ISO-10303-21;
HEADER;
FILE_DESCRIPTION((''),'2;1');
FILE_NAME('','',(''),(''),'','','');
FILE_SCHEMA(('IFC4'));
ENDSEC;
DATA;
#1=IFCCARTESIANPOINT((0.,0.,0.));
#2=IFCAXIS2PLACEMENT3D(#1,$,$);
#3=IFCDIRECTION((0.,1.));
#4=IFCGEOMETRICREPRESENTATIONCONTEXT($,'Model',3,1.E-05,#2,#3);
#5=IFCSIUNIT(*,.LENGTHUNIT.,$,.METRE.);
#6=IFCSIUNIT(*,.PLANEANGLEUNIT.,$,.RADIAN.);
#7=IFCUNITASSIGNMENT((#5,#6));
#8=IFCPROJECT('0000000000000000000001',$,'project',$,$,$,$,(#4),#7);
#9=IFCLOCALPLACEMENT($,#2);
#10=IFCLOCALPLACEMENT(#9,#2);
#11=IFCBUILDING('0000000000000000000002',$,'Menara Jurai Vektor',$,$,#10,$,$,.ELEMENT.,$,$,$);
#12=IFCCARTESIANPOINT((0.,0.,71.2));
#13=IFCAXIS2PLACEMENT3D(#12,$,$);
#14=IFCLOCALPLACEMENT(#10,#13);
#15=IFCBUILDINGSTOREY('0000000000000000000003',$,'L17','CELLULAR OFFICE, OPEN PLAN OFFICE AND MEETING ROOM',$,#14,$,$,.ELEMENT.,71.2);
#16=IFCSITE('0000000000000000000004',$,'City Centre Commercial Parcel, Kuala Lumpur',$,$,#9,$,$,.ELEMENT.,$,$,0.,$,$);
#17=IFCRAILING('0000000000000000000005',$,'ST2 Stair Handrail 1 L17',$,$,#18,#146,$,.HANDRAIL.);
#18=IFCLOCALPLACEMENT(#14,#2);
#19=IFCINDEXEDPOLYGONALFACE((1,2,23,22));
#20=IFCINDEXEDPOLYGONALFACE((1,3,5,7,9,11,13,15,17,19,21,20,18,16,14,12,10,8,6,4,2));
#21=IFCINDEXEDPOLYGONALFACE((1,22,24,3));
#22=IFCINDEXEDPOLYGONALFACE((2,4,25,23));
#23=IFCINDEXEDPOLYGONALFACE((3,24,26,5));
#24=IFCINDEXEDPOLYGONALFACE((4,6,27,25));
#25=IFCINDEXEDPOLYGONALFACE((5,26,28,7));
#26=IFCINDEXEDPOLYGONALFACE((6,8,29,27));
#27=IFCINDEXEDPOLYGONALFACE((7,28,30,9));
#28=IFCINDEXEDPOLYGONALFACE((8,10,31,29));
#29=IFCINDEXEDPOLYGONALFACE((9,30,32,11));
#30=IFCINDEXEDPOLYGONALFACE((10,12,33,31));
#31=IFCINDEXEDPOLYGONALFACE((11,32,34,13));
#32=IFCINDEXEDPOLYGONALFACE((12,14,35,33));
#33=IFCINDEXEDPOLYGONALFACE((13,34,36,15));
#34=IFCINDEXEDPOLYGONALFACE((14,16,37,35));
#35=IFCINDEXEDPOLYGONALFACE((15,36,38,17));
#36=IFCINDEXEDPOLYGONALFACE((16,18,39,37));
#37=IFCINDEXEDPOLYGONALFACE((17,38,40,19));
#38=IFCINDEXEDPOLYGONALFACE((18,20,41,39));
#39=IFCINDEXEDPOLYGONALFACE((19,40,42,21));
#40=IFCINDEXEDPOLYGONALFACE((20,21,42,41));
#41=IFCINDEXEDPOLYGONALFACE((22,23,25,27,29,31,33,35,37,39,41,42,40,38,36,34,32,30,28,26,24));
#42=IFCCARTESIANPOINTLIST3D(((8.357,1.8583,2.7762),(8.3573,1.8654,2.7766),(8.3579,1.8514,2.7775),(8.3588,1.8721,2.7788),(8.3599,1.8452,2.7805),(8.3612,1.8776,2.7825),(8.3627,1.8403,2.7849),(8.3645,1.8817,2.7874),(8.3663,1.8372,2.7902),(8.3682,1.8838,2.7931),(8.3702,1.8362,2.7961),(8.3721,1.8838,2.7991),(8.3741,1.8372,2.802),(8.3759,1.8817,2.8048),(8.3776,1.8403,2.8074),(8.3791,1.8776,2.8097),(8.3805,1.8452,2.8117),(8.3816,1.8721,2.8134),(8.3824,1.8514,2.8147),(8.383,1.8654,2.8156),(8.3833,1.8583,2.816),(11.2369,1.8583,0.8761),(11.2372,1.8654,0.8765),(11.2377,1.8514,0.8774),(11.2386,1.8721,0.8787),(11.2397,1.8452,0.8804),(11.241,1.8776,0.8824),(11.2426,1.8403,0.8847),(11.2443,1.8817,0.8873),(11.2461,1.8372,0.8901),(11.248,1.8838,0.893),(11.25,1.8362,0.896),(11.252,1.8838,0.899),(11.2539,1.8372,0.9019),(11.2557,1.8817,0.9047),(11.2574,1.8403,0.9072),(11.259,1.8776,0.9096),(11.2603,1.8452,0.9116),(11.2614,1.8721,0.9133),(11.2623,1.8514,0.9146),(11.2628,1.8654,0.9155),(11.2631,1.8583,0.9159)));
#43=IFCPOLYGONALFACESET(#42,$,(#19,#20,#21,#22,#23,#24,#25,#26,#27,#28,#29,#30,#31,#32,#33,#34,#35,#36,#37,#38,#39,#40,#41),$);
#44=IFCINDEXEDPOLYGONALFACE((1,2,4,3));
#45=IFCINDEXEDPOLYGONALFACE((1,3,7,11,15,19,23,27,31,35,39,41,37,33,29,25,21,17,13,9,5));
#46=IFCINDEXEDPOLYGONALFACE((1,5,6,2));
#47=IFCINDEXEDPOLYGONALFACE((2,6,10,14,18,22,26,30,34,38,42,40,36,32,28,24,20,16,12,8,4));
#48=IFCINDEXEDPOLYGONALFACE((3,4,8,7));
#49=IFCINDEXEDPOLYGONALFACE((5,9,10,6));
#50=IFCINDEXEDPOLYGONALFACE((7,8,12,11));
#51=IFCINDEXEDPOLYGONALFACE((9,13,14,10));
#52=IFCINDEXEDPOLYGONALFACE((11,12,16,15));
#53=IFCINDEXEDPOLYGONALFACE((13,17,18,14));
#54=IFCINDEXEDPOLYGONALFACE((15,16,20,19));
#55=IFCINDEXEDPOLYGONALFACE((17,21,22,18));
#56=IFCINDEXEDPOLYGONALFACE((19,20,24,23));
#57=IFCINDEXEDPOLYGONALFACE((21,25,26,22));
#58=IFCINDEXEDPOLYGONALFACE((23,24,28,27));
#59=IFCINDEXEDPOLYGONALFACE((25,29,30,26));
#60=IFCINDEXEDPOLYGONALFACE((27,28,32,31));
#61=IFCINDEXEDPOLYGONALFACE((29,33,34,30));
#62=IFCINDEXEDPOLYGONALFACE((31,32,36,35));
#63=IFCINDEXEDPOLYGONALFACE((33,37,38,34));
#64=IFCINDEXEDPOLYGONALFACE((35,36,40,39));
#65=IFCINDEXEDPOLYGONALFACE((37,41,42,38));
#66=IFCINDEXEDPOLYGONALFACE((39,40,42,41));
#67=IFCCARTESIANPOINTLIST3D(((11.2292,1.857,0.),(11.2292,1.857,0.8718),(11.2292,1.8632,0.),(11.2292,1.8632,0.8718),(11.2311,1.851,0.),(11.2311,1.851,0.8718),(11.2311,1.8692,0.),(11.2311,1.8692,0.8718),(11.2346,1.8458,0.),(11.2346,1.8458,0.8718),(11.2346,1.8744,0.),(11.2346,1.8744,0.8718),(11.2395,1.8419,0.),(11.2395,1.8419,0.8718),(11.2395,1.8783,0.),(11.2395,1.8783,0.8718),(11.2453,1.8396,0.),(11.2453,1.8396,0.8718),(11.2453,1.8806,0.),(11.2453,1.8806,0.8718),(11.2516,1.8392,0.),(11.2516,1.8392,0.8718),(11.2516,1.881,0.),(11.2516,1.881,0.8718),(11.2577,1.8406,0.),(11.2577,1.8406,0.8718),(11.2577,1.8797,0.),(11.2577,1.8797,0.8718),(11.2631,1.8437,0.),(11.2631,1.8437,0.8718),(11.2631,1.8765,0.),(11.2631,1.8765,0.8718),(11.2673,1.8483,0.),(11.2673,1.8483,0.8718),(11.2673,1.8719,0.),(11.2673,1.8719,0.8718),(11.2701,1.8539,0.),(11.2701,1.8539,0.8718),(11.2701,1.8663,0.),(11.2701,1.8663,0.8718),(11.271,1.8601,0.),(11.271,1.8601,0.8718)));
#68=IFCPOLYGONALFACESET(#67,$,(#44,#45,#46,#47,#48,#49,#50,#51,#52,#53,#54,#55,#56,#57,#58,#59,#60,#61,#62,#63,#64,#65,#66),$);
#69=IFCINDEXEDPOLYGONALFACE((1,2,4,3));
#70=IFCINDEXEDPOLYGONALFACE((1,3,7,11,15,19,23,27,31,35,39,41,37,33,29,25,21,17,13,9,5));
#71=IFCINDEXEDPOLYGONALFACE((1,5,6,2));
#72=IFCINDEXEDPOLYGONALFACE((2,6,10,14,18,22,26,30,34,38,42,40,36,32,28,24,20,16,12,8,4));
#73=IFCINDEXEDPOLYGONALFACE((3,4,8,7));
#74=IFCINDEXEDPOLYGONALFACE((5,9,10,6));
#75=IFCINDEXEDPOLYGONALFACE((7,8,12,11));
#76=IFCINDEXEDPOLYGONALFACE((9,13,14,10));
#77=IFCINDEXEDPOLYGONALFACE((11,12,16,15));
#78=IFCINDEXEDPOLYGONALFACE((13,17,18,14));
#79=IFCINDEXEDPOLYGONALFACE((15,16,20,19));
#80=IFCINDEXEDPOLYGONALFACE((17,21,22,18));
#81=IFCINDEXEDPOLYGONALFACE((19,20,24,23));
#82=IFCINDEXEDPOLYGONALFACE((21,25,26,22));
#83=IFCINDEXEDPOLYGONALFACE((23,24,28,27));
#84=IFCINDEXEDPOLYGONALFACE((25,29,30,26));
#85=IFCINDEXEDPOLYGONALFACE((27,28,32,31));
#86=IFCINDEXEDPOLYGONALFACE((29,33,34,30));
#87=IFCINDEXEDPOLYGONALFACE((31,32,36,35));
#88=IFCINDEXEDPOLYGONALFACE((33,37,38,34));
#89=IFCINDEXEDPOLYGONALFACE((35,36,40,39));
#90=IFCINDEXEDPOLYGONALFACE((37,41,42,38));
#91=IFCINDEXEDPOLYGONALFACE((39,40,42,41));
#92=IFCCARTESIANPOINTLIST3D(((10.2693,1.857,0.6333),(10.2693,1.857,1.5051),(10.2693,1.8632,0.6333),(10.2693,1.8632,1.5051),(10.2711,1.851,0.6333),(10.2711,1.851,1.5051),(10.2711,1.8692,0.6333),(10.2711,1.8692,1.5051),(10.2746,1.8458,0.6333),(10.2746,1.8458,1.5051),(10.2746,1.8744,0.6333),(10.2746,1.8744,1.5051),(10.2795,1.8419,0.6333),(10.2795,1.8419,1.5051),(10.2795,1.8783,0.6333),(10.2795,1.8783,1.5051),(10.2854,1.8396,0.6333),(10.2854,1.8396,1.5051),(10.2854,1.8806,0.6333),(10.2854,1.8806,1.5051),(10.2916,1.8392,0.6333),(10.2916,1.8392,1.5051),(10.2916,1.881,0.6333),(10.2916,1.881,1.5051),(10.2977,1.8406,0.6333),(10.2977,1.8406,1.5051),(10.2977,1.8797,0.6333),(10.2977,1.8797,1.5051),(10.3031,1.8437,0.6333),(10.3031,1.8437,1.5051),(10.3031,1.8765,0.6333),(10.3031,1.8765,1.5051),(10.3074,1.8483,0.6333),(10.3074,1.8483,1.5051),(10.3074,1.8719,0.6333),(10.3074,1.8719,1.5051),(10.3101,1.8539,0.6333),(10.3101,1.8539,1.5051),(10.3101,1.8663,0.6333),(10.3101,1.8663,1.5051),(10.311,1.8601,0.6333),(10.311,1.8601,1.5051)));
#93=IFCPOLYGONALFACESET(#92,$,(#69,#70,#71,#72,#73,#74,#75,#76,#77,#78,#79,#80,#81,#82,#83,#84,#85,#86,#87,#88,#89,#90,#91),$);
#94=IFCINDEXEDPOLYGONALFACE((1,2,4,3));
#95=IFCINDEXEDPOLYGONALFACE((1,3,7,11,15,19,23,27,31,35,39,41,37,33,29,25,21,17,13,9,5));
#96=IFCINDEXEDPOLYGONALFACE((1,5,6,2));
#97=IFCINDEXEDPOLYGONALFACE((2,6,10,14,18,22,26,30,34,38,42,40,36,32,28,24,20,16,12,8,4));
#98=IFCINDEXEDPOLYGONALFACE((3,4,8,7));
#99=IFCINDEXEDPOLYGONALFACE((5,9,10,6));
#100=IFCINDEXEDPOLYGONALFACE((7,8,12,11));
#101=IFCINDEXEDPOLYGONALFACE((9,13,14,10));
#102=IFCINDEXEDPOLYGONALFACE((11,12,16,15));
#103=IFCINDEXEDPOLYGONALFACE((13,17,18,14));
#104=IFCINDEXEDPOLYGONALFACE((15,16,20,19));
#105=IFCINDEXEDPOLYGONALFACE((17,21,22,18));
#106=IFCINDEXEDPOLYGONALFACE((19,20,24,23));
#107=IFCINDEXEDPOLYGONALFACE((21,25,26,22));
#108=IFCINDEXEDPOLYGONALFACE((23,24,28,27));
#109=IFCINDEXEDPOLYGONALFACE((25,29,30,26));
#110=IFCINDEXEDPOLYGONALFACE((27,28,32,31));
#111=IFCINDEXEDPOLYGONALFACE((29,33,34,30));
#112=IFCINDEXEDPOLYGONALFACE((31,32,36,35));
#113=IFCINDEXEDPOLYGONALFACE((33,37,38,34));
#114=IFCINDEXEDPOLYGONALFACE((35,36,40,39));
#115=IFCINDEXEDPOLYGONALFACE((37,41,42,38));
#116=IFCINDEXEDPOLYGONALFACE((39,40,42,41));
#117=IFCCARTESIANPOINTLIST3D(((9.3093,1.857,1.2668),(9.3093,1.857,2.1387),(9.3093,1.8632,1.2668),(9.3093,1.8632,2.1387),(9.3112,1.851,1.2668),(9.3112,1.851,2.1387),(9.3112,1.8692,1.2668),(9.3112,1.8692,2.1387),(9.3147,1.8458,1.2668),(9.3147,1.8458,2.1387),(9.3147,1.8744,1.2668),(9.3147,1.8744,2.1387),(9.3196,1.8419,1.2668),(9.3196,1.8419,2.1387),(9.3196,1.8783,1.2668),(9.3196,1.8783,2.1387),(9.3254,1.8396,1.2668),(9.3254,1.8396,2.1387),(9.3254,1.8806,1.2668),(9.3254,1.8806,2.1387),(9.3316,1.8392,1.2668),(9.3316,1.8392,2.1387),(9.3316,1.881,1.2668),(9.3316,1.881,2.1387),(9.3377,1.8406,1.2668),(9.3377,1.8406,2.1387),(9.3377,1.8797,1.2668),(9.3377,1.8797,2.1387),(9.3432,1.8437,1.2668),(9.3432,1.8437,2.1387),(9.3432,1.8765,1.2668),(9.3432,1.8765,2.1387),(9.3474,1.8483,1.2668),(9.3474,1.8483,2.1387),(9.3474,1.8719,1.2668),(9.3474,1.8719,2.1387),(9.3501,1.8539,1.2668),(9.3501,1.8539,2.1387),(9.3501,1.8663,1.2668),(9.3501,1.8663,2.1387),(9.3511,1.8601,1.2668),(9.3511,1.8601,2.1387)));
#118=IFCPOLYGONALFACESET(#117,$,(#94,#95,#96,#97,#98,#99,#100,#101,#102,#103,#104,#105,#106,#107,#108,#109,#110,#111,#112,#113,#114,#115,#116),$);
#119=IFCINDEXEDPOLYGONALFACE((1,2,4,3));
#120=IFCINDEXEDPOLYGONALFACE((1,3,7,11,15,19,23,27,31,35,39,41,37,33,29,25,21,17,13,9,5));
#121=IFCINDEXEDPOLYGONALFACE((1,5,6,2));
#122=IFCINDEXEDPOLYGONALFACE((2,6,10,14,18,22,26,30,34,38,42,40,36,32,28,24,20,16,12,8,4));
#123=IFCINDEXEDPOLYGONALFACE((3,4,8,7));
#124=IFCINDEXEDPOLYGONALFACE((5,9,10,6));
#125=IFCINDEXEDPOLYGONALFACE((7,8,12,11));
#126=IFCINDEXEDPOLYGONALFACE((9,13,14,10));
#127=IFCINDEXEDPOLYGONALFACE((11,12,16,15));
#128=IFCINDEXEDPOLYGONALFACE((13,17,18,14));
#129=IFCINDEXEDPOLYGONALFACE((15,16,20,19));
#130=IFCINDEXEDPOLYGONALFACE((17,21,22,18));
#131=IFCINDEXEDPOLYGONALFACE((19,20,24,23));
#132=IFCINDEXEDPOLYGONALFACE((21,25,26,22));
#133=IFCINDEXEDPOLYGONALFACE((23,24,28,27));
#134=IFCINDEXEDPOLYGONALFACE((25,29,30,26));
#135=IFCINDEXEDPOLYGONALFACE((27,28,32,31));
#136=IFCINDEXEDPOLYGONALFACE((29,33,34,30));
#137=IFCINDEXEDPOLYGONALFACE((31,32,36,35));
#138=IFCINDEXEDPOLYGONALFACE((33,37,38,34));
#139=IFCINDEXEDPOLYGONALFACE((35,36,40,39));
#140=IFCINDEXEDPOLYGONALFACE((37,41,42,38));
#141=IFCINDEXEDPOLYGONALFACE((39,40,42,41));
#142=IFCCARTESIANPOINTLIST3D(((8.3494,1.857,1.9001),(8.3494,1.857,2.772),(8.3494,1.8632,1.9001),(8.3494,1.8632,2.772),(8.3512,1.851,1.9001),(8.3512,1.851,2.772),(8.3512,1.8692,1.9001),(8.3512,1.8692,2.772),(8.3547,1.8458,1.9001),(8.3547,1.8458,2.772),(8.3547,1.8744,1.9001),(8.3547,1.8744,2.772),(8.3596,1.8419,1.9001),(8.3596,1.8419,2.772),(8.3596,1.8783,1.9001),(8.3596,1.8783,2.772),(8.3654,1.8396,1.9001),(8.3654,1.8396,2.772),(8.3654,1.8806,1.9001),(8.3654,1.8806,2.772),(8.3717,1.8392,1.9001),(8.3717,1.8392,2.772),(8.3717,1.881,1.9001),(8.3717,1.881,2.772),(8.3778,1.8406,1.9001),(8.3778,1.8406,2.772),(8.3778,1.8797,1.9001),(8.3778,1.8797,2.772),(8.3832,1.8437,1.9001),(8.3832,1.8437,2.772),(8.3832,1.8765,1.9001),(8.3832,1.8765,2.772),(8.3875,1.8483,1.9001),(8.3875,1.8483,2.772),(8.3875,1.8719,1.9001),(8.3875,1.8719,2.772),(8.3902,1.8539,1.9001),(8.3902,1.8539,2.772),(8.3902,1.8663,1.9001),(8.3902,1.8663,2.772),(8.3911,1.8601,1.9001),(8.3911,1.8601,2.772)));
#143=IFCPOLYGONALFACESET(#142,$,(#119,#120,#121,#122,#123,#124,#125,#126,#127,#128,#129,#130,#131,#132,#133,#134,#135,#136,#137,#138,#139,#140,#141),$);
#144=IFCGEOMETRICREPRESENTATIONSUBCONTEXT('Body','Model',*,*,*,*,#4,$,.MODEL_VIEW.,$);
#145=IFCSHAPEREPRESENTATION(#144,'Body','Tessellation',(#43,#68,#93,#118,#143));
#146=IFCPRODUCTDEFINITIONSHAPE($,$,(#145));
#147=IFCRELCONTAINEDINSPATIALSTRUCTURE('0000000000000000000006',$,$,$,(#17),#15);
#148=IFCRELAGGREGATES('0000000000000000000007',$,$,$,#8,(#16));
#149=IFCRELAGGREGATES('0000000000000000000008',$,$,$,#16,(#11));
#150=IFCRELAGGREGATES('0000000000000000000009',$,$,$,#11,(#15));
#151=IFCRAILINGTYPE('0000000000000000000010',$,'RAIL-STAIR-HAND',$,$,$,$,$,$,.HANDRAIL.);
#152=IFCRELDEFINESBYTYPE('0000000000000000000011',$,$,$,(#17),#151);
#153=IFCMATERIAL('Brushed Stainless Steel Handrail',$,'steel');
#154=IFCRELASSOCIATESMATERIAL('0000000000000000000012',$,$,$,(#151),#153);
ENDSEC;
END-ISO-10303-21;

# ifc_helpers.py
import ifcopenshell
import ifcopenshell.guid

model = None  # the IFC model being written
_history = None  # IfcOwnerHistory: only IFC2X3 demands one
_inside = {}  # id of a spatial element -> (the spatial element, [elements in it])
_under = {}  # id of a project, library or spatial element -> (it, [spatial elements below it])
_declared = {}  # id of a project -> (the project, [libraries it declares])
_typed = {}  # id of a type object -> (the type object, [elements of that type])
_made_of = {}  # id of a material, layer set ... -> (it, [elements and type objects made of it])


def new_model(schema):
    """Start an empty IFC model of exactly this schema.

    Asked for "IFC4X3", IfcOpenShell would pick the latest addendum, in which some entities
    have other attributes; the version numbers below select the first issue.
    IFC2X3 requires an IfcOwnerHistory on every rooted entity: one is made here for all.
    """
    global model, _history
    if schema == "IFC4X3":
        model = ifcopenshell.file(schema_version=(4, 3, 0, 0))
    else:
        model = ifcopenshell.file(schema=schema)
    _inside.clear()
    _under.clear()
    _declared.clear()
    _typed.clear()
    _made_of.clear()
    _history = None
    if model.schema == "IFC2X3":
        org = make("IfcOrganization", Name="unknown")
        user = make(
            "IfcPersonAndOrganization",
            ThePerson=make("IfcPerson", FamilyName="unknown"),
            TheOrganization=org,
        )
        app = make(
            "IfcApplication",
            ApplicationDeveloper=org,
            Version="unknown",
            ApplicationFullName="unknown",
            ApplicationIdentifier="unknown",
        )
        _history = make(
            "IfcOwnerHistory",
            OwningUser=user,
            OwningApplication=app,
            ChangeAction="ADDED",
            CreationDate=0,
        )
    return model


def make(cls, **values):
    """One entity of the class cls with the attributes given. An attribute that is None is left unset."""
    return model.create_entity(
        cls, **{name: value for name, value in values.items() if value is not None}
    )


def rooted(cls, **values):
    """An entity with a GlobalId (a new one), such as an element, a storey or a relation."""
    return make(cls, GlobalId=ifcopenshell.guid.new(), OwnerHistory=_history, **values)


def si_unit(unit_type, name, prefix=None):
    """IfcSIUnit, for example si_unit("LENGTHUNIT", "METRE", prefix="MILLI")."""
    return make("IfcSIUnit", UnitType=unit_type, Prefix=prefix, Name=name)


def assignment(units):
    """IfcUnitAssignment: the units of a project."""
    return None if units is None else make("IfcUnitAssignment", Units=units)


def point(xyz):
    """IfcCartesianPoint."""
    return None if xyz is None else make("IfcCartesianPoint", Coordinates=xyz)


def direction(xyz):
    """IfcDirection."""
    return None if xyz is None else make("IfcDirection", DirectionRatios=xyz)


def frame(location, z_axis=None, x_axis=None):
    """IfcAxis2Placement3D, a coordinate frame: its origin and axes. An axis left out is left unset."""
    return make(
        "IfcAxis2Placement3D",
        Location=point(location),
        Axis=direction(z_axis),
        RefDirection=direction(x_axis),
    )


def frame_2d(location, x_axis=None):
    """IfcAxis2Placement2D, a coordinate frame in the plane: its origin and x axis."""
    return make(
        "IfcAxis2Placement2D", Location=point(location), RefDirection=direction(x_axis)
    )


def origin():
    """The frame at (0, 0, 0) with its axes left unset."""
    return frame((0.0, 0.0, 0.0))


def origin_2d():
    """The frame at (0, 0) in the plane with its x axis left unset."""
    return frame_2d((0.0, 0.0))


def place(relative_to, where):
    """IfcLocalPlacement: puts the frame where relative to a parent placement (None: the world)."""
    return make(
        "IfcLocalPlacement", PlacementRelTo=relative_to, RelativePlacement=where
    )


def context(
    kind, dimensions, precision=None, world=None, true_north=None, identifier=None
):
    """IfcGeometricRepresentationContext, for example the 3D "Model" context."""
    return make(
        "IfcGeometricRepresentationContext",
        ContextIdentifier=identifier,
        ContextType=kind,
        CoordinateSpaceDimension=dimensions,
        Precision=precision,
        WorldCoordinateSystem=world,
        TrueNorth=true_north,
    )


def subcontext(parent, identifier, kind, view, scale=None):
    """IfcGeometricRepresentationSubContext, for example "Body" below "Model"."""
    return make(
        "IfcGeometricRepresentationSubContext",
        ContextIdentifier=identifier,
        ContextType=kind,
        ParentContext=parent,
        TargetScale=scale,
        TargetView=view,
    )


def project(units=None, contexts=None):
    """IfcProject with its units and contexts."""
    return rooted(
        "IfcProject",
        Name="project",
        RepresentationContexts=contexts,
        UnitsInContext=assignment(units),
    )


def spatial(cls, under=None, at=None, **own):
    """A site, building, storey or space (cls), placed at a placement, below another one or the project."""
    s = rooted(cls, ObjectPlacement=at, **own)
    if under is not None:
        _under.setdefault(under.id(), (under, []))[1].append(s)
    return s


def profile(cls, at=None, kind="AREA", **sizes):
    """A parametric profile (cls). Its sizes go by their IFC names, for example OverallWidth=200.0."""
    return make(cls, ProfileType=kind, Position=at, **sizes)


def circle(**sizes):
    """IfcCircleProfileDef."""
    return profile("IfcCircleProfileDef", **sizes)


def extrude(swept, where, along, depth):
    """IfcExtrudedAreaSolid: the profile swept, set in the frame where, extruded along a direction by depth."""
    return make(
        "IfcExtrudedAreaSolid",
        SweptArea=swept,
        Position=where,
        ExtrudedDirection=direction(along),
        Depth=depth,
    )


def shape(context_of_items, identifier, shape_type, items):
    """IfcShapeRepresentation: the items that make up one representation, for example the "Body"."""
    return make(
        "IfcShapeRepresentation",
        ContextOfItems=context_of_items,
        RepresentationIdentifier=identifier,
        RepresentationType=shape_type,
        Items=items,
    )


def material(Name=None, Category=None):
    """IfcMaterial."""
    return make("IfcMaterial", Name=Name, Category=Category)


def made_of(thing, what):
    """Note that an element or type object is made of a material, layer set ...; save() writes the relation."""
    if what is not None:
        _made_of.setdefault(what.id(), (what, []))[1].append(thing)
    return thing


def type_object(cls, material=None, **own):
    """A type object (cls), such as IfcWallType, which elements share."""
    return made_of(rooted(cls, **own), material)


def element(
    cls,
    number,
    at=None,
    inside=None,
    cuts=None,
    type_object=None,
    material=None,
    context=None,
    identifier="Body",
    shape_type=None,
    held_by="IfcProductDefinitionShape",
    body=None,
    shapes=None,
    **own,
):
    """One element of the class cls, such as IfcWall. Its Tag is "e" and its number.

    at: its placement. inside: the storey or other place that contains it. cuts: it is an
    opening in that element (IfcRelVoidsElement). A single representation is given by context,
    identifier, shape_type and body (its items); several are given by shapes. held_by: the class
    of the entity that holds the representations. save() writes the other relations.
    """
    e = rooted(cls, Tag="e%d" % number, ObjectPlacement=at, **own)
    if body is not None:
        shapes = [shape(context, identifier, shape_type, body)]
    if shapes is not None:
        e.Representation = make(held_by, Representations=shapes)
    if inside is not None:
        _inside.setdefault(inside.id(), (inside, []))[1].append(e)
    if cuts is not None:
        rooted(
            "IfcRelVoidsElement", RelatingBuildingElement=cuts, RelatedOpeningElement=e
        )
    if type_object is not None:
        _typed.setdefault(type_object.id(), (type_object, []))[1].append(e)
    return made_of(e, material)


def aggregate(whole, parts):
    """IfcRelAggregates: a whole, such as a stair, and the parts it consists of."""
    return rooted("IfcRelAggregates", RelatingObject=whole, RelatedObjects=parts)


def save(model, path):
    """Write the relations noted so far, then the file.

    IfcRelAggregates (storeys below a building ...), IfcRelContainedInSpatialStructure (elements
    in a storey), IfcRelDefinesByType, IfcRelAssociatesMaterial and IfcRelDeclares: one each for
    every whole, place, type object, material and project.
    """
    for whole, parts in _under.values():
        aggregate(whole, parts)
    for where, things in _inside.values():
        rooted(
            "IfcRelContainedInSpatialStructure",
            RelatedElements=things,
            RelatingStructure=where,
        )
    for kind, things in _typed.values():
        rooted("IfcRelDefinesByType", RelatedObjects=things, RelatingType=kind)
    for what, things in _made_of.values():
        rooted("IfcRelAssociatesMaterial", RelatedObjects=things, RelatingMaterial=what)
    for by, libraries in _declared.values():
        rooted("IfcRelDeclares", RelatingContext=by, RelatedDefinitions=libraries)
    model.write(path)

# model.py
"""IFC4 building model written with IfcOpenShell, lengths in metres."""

from ifc_helpers import new_model, si_unit, direction, frame, origin, origin_2d, place, context, subcontext, project, spatial, circle, extrude, material, type_object, element, save


model = new_model("IFC4")

# Units and contexts
model_context = context("Model", 3, precision=1e-05, world=origin(), true_north=direction((0.0, 1.0)))
body_context = subcontext(model_context, "Body", "Model", "MODEL_VIEW")
ifc_project = project(units=[si_unit("LENGTHUNIT", "METRE"), si_unit("PLANEANGLEUNIT", "RADIAN")], contexts=[model_context])

# Site, building, storey
site_placement = place(None, origin())
site = spatial("IfcSite", under=ifc_project, at=site_placement, Name="City Centre Commercial Parcel, Kuala Lumpur", CompositionType="ELEMENT", RefElevation=0.0)
building_placement = place(site_placement, origin())
building = spatial("IfcBuilding", under=site, at=building_placement, Name="Menara Jurai Vektor", CompositionType="ELEMENT")
storey_placement = place(building_placement, frame((0.0, 0.0, 71.2)))
storey = spatial("IfcBuildingStorey", under=building, at=storey_placement, Name="L17", Description="CELLULAR OFFICE, OPEN PLAN OFFICE AND MEETING ROOM", CompositionType="ELEMENT", Elevation=71.2)

# Railing
ifc_material_1 = material(Name="Brushed Stainless Steel Handrail", Category="steel")
railing_type_1 = type_object("IfcRailingType", Name="RAIL-STAIR-HAND", PredefinedType="HANDRAIL", material=ifc_material_1)
railing_1_placement = place(storey_placement, frame((11.25, 1.8601, 0.0)))
element("IfcRailing", 1, at=railing_1_placement, inside=storey, type_object=railing_type_1, Name="ST2 Stair Handrail 1 L17", PredefinedType="HANDRAIL", context=body_context, shape_type="SweptSolid", body=[
    extrude(circle(Radius=0.0239, at=origin_2d()), frame((0.0, 0.0, 0.896), z_axis=(-0.834686, 0.0, 0.550726), x_axis=(0.0, -1.0, 0.0)), (0.0, 0.0, 1.0), 3.4502),
    extrude(circle(Radius=0.021, at=origin_2d()), origin(), (0.0, 0.0, 1.0), 0.8718),
    extrude(circle(Radius=0.021, at=origin_2d()), frame((-0.96, 0.0, 0.6333)), (0.0, 0.0, 1.0), 0.8718),
    extrude(circle(Radius=0.021, at=origin_2d()), frame((-1.9199, 0.0, 1.2668)), (0.0, 0.0, 1.0), 0.8718),
    extrude(circle(Radius=0.021, at=origin_2d()), frame((-2.8799, 0.0, 1.9001)), (0.0, 0.0, 1.0), 0.8718),
])

save(model, "model.ifc")
